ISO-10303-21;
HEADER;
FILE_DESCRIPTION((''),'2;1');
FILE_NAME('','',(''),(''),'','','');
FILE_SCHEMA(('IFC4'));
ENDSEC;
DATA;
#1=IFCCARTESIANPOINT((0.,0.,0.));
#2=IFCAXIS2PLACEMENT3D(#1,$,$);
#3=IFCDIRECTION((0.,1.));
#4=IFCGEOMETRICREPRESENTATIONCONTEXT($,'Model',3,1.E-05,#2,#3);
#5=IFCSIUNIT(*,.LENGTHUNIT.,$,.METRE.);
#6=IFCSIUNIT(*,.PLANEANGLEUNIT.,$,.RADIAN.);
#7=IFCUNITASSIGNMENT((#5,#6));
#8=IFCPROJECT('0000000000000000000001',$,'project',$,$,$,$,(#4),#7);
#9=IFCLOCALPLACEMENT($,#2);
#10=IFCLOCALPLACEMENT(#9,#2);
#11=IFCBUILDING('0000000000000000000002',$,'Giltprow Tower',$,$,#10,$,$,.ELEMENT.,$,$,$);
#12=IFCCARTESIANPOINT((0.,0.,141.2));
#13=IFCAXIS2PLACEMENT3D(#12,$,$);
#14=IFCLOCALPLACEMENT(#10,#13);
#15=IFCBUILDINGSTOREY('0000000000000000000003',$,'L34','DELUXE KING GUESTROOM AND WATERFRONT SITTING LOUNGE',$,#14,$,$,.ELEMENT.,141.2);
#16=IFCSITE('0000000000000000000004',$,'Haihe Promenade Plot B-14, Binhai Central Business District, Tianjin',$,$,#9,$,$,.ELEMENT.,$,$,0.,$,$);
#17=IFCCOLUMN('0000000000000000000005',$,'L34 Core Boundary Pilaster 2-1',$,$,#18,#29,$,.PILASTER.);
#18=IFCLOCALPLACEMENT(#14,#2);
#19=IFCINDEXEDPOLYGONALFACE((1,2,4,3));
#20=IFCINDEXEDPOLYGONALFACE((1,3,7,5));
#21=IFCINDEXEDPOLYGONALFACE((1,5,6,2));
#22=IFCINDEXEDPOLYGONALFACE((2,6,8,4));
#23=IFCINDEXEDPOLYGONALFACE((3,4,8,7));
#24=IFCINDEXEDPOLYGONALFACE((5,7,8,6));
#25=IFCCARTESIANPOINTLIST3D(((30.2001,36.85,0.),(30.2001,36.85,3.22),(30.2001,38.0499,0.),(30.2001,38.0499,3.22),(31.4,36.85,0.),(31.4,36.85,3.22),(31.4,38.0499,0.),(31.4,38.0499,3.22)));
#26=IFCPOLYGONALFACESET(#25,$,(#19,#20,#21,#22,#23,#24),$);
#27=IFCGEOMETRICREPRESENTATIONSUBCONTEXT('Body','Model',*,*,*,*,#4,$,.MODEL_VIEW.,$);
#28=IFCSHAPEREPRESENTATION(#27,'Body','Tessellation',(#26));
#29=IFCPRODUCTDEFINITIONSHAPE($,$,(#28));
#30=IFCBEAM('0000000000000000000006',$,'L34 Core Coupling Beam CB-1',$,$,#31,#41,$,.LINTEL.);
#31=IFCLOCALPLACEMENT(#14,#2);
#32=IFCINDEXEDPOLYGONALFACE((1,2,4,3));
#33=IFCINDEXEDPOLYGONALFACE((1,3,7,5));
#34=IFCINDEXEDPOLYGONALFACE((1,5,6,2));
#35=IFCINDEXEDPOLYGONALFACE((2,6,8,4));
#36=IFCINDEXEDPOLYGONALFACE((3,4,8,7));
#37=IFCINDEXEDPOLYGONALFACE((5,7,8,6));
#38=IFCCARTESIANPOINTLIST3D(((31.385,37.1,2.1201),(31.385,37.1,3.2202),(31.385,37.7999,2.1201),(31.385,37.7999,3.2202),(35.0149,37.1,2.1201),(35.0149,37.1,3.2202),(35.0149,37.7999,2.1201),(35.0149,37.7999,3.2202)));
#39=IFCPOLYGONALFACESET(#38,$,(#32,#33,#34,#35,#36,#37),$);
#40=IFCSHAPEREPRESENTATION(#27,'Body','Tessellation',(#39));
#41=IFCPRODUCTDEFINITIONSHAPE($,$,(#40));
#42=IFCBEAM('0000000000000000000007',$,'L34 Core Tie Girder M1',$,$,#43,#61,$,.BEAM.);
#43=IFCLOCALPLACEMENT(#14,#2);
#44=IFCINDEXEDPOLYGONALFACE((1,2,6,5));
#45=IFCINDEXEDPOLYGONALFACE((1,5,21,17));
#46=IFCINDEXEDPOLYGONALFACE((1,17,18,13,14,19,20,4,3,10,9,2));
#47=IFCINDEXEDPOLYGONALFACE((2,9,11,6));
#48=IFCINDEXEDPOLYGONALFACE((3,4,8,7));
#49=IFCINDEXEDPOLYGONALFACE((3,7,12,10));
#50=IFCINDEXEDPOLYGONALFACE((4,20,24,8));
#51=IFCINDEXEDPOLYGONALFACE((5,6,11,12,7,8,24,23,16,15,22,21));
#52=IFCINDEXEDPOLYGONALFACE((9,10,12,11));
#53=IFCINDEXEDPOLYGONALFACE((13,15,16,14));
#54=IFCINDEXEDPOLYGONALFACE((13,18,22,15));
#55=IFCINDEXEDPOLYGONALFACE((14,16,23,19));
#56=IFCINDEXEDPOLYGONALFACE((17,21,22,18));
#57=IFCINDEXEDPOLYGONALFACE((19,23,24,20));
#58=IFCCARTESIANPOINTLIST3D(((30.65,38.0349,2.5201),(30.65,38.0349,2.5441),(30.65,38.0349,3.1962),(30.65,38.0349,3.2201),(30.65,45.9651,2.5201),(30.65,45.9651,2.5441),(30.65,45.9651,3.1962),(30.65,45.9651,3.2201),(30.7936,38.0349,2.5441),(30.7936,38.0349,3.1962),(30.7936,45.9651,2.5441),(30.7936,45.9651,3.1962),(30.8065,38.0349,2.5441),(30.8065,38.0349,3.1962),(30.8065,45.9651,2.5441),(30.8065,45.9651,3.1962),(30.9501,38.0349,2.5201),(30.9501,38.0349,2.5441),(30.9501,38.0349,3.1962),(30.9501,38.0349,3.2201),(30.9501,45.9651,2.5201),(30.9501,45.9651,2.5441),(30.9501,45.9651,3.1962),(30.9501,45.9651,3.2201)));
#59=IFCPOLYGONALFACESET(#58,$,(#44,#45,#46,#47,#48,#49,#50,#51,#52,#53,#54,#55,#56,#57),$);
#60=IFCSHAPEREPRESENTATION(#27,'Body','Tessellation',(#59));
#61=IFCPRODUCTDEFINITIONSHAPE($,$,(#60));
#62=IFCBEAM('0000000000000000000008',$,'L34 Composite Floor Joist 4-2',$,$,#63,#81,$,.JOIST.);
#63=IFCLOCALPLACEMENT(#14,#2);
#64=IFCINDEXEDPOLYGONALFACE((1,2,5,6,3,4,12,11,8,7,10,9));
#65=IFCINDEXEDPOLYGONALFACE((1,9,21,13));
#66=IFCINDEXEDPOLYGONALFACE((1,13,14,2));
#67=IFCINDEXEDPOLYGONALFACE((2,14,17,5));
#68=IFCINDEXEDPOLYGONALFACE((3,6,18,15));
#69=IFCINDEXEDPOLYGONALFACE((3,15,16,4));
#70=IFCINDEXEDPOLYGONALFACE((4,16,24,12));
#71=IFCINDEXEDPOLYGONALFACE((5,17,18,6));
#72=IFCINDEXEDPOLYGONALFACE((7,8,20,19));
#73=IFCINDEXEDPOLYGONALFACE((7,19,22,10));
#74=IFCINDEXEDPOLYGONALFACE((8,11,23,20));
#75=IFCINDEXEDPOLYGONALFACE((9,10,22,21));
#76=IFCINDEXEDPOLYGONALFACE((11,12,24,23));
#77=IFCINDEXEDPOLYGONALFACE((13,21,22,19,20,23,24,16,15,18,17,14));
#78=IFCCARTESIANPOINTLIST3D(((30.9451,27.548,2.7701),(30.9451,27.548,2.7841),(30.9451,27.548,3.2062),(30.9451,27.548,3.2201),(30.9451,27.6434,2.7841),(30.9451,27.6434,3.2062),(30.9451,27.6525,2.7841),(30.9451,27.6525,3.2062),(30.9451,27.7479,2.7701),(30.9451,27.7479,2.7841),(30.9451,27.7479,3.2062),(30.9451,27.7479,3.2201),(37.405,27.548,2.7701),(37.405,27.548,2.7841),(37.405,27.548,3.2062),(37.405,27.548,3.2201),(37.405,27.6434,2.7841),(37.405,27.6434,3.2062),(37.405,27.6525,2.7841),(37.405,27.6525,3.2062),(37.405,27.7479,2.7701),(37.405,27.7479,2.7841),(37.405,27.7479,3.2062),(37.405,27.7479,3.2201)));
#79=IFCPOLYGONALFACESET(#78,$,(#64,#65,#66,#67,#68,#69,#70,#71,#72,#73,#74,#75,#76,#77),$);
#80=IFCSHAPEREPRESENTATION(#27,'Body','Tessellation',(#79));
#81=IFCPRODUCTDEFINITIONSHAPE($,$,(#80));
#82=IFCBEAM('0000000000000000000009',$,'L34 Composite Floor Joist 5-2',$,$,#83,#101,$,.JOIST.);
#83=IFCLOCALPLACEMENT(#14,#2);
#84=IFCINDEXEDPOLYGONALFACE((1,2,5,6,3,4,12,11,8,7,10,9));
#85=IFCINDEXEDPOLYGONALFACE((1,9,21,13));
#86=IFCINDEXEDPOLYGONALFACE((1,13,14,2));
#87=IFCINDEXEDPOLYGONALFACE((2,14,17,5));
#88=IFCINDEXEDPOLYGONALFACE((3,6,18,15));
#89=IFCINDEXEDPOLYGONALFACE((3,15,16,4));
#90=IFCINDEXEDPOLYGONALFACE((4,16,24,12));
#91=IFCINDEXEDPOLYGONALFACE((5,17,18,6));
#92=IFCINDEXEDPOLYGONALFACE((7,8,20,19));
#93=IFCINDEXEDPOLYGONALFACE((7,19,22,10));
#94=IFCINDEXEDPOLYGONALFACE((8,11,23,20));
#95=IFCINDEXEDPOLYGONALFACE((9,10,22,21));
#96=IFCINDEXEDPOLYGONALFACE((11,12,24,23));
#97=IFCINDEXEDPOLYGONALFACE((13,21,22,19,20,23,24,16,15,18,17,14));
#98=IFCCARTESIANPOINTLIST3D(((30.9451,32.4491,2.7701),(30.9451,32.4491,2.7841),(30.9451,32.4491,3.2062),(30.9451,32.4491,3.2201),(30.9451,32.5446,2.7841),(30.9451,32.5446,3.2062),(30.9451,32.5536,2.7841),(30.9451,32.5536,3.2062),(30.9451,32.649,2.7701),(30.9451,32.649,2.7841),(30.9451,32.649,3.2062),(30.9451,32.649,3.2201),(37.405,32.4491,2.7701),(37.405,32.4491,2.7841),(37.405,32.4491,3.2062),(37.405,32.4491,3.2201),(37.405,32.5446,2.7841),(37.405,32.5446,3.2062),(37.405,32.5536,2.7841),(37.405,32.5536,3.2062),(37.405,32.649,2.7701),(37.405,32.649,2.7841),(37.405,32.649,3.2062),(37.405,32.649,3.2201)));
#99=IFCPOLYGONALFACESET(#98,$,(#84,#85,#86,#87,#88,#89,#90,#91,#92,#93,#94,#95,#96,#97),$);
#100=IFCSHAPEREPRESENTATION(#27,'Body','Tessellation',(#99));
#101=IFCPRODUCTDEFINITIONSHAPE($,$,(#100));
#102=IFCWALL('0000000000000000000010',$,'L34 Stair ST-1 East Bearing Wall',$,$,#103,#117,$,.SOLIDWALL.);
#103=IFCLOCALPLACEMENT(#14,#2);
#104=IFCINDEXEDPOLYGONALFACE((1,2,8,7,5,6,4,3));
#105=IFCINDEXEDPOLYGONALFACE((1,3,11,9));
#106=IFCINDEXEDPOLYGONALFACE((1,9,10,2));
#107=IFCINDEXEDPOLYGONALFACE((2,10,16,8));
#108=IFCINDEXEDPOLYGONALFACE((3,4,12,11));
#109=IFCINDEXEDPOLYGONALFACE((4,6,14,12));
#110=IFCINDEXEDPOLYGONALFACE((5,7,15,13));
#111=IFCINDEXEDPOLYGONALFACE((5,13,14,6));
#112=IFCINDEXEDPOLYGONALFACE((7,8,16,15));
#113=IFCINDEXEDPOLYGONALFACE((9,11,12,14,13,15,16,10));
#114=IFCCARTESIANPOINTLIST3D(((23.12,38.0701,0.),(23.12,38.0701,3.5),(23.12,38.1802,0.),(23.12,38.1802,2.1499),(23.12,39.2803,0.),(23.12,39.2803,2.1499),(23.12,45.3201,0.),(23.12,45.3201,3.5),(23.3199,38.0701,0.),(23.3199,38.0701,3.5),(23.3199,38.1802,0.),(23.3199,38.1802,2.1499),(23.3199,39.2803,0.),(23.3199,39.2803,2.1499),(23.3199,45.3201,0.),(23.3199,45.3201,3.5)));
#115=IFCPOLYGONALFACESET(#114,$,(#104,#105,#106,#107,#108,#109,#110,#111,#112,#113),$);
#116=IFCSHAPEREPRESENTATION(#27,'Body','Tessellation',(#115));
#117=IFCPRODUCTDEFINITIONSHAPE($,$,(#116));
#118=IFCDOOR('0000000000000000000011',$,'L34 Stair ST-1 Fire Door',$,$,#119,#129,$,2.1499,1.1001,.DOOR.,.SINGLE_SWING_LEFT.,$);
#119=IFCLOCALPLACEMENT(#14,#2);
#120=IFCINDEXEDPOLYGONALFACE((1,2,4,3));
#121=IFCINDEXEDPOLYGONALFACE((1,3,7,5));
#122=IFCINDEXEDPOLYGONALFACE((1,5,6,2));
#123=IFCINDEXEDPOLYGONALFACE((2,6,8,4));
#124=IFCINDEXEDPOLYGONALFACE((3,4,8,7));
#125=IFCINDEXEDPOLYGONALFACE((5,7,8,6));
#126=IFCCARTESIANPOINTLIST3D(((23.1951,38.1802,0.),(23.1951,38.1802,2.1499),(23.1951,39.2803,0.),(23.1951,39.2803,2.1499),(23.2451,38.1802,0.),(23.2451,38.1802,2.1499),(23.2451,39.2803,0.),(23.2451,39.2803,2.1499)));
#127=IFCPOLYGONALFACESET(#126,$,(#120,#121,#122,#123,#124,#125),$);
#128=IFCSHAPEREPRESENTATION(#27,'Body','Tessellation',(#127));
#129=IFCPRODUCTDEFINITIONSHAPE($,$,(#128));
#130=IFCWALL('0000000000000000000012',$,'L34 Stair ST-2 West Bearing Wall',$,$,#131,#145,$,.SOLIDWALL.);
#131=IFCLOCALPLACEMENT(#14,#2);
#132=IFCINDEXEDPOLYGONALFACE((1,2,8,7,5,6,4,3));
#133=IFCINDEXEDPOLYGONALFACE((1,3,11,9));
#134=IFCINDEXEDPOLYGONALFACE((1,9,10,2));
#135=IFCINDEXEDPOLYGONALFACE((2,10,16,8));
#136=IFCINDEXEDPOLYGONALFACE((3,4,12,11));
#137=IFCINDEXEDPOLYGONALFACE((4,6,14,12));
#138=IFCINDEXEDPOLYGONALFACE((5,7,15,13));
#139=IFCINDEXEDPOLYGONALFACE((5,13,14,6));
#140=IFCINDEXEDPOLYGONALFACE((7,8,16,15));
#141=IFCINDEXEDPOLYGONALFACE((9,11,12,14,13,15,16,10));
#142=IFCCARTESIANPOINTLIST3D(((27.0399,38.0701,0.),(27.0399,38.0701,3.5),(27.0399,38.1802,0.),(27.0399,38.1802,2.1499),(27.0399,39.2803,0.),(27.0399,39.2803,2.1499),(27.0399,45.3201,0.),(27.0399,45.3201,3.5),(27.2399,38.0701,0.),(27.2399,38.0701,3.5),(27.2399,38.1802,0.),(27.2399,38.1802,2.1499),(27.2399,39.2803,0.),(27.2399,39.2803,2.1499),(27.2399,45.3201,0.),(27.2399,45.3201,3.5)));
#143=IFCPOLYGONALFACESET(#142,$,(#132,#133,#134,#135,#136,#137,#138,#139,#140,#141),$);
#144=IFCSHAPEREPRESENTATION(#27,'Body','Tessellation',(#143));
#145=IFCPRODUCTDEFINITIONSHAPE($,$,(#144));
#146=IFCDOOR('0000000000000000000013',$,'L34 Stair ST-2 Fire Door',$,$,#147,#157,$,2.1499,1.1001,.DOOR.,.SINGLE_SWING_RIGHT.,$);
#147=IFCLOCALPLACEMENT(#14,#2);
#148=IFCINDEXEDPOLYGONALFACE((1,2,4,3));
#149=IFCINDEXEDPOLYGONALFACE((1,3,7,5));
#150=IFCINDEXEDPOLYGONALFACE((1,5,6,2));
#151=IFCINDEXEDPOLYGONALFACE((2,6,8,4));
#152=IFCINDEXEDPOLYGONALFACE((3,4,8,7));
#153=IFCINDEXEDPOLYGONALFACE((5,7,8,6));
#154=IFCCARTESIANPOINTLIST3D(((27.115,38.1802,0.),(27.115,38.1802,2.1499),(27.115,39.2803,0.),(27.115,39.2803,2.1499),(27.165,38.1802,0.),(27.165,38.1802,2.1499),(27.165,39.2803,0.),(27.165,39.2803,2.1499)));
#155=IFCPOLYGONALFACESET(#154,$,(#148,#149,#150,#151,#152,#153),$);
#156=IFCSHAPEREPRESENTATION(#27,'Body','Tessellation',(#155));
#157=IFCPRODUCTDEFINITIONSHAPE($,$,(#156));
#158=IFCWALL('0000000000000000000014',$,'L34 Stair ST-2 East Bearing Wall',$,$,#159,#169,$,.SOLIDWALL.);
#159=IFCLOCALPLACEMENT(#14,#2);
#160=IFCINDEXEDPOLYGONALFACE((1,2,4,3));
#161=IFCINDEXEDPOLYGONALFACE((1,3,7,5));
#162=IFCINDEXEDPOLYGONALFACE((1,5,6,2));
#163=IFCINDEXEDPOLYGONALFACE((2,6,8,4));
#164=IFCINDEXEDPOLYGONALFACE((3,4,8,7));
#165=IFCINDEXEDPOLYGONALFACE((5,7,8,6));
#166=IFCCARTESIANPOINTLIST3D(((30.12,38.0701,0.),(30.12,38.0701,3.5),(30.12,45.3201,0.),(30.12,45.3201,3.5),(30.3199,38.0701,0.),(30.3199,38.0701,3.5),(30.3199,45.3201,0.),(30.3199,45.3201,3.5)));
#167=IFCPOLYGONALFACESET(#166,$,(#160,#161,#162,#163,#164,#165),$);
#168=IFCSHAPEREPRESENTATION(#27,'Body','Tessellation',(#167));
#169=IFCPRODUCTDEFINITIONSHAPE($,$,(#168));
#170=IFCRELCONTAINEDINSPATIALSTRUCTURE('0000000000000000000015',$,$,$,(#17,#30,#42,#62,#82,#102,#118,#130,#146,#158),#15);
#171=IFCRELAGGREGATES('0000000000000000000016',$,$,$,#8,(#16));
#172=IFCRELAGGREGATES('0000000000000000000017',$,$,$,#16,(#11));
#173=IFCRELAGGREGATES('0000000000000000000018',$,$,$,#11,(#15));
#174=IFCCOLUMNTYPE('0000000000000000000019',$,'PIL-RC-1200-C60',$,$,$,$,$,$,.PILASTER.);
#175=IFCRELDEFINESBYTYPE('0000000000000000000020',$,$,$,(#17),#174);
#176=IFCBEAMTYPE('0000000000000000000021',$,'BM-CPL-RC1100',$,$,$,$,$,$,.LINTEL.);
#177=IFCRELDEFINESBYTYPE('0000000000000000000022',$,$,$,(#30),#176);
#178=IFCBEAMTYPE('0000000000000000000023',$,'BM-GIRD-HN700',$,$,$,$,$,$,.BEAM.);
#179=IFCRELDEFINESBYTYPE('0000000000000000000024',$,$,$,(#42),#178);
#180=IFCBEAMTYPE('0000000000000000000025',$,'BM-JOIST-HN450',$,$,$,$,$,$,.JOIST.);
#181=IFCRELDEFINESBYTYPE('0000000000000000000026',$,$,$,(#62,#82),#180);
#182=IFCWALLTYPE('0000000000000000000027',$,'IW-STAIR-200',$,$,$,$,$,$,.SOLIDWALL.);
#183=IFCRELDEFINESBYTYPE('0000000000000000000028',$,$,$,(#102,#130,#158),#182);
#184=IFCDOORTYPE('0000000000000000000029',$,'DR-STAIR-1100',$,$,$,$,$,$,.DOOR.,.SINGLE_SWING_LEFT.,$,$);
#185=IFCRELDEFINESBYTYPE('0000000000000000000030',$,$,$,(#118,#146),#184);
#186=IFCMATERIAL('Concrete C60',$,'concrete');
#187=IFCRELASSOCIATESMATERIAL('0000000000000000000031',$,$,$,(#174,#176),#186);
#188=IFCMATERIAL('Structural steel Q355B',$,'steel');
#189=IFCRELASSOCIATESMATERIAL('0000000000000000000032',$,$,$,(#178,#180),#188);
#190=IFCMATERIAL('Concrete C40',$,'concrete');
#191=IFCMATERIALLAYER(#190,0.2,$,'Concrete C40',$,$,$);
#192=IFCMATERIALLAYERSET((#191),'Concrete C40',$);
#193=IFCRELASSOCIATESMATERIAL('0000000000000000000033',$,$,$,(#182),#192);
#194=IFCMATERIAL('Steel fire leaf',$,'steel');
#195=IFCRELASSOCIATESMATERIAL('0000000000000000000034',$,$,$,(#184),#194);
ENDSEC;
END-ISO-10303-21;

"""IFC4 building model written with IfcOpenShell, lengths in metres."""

from ifc_helpers import new_model, si_unit, direction, frame, frame_2d, origin, origin_2d, place, context, subcontext, project, spatial, rectangle, i_section, extrude, source, transform, mapped, material, layer, layer_set, material_profile, profile_set, type_object, element, fill, save


model = new_model("IFC4")

# Units and contexts
model_context = context("Model", 3, precision=1e-05, world=origin(), true_north=direction((0.0, 1.0)))
body_context = subcontext(model_context, "Body", "Model", "MODEL_VIEW")
ifc_project = project(units=[si_unit("LENGTHUNIT", "METRE"), si_unit("PLANEANGLEUNIT", "RADIAN")], contexts=[model_context])

# Site, building, storey
site_placement = place(None, origin())
site = spatial("IfcSite", under=ifc_project, at=site_placement, Name="Haihe Promenade Plot B-14, Binhai Central Business District, Tianjin", CompositionType="ELEMENT", RefElevation=0.0)
building_placement = place(site_placement, origin())
building = spatial("IfcBuilding", under=site, at=building_placement, Name="Giltprow Tower", CompositionType="ELEMENT")
storey_placement = place(building_placement, frame((0.0, 0.0, 141.2)))
storey = spatial("IfcBuildingStorey", under=building, at=storey_placement, Name="L34", Description="DELUXE KING GUESTROOM AND WATERFRONT SITTING LOUNGE", CompositionType="ELEMENT", Elevation=141.2)

# Column
ifc_material_1 = material(Name="Concrete C60", Category="concrete")
ifc_material_profile_1 = material_profile(ifc_material_1, rectangle(XDim=1.2, YDim=1.2, at=origin_2d()), Name="RC 1200x1200")
ifc_profile_set_1 = profile_set([ifc_material_profile_1], Name="Concrete C60")
column_type = type_object("IfcColumnType", Name="PIL-RC-1200-C60", PredefinedType="PILASTER", material=ifc_profile_set_1)
shared_shape_1 = source(origin(), body_context, "Body", "SweptSolid", [
    extrude(rectangle(XDim=1.2, YDim=1.2, at=origin_2d()), origin(), (0.0, 0.0, 1.0), 3.22),
])
column_placement = place(storey_placement, frame((30.8, 37.45, 0.0), z_axis=(0.0, 0.0, 1.0), x_axis=(1.0, 0.0, 0.0)))
element("IfcColumn", 1, at=column_placement, inside=storey, type_object=column_type, Name="L34 Core Boundary Pilaster 2-1", PredefinedType="PILASTER", context=body_context, shape_type="MappedRepresentation", body=[
    mapped(shared_shape_1, transform((0.0, 0.0, 0.0), x_axis=(1.0, 0.0, 0.0), y_axis=(0.0, 1.0, 0.0), z_axis=(0.0, 0.0, 1.0), scale=1.0)),
])

# Beams
ifc_material_profile_2 = material_profile(ifc_material_1, rectangle(XDim=0.7, YDim=1.1001, at=origin_2d()), Name="RC 1100x700")
ifc_profile_set_2 = profile_set([ifc_material_profile_2], Name="Concrete C60")
beam_type_1 = type_object("IfcBeamType", Name="BM-CPL-RC1100", PredefinedType="LINTEL", material=ifc_profile_set_2)
shared_shape_2 = source(origin(), body_context, "Body", "SweptSolid", [
    extrude(rectangle(XDim=0.7, YDim=1.1001, at=origin_2d()), origin(), (0.0, 0.0, 1.0), 3.6299),
])
beam_1_placement = place(storey_placement, frame((31.385, 37.45, 2.6702), z_axis=(1.0, 0.0, 0.0), x_axis=(0.0, 1.0, 0.0)))
element("IfcBeam", 2, at=beam_1_placement, inside=storey, type_object=beam_type_1, Name="L34 Core Coupling Beam CB-1", PredefinedType="LINTEL", context=body_context, shape_type="MappedRepresentation", body=[
    mapped(shared_shape_2, transform((0.0, 0.0, 0.0), x_axis=(1.0, 0.0, 0.0), y_axis=(0.0, 1.0, 0.0), z_axis=(0.0, 0.0, 1.0), scale=1.0)),
])
ifc_material_2 = material(Name="Structural steel Q355B", Category="steel")
ifc_material_profile_3 = material_profile(ifc_material_2, i_section(OverallWidth=0.3, OverallDepth=0.7, WebThickness=0.0129, FlangeThickness=0.0239, at=origin_2d()), Name="HN 700x300x13x24")
ifc_profile_set_3 = profile_set([ifc_material_profile_3], Name="Structural steel Q355B")
beam_type_2 = type_object("IfcBeamType", Name="BM-GIRD-HN700", PredefinedType="BEAM", material=ifc_profile_set_3)
shared_shape_3 = source(origin(), body_context, "Body", "SweptSolid", [
    extrude(i_section(OverallWidth=0.3, OverallDepth=0.7, WebThickness=0.0129, FlangeThickness=0.0239, at=origin_2d()), origin(), (0.0, 0.0, 1.0), 7.9302),
])
beam_2_placement = place(storey_placement, frame((30.8, 38.0349, 2.8701), z_axis=(0.0, 1.0, 0.0), x_axis=(-1.0, 0.0, 0.0)))
element("IfcBeam", 3, at=beam_2_placement, inside=storey, type_object=beam_type_2, Name="L34 Core Tie Girder M1", PredefinedType="BEAM", context=body_context, shape_type="MappedRepresentation", body=[
    mapped(shared_shape_3, transform((0.0, 0.0, 0.0), x_axis=(1.0, 0.0, 0.0), y_axis=(0.0, 1.0, 0.0), z_axis=(0.0, 0.0, 1.0), scale=1.0)),
])
ifc_material_profile_4 = material_profile(ifc_material_2, i_section(OverallWidth=0.2, OverallDepth=0.45, WebThickness=0.009, FlangeThickness=0.0139, at=origin_2d()), Name="HN 450x200x9x14")
ifc_profile_set_4 = profile_set([ifc_material_profile_4], Name="Structural steel Q355B")
beam_type_3 = type_object("IfcBeamType", Name="BM-JOIST-HN450", PredefinedType="JOIST", material=ifc_profile_set_4)
shared_shape_4 = source(origin(), body_context, "Body", "SweptSolid", [
    extrude(i_section(OverallWidth=0.2, OverallDepth=0.45, WebThickness=0.009, FlangeThickness=0.0139, at=origin_2d()), origin(), (0.0, 0.0, 1.0), 6.46),
])
for number, where, z_axis, x_axis, name in (
    (4, (30.9451, 27.6479, 2.9951), (1.0, 0.0, 0.0), (0.0, 1.0, 0.0), "L34 Composite Floor Joist 4-2"),
    (5, (30.9451, 32.5491, 2.9951), (1.0, 0.0, 0.0), (0.0, 1.0, 0.0), "L34 Composite Floor Joist 5-2"),
):
    element("IfcBeam", number, at=place(storey_placement, frame(where, z_axis=z_axis, x_axis=x_axis)), inside=storey, type_object=beam_type_3, Name=name, PredefinedType="JOIST", context=body_context, shape_type="MappedRepresentation", body=[
        mapped(shared_shape_4, transform((0.0, 0.0, 0.0), x_axis=(1.0, 0.0, 0.0), y_axis=(0.0, 1.0, 0.0), z_axis=(0.0, 0.0, 1.0), scale=1.0)),
    ])

# Walls, openings, doors
ifc_material_3 = material(Name="Concrete C40", Category="concrete")
ifc_layer_1 = layer(ifc_material_3, 0.2, Name="Concrete C40")
ifc_layer_set_1 = layer_set([ifc_layer_1], Name="Concrete C40")
wall_type_1 = type_object("IfcWallType", Name="IW-STAIR-200", PredefinedType="SOLIDWALL", material=ifc_layer_set_1)
wall_1_placement = place(storey_placement, frame((23.22, 38.0701, 0.0), z_axis=(0.0, 0.0, 1.0), x_axis=(0.0, 1.0, 0.0)))
wall_1 = element("IfcWall", 6, at=wall_1_placement, inside=storey, type_object=wall_type_1, Name="L34 Stair ST-1 East Bearing Wall", PredefinedType="SOLIDWALL", context=body_context, shape_type="SweptSolid", body=[
    extrude(rectangle(XDim=7.25, YDim=0.2, at=frame_2d((3.625, 0.0))), origin(), (0.0, 0.0, 1.0), 3.5),
])
opening_1_placement = place(wall_1_placement, frame((0.1101, 0.0, 0.0)))
opening_1 = element("IfcOpeningElement", 7, at=opening_1_placement, cuts=wall_1, PredefinedType="OPENING", context=body_context, shape_type="SweptSolid", body=[
    extrude(rectangle(XDim=1.1001, YDim=2.1499, at=frame_2d((0.55, 1.075))), frame((0.0, 0.1099, 0.0), z_axis=(0.0, -1.0, 0.0), x_axis=(1.0, 0.0, 0.0)), (0.0, 0.0, 1.0), 0.22),
])
ifc_material_4 = material(Name="Steel fire leaf", Category="steel")
door_type_1 = type_object("IfcDoorType", Name="DR-STAIR-1100", OperationType="SINGLE_SWING_LEFT", PredefinedType="DOOR", material=ifc_material_4)
shared_shape_5 = source(origin(), body_context, "Body", "SweptSolid", [
    extrude(rectangle(XDim=1.1001, YDim=2.1499, at=frame_2d((0.55, 1.075))), frame((0.0, 0.0249, 0.0), z_axis=(0.0, -1.0, 0.0), x_axis=(1.0, 0.0, 0.0)), (0.0, 0.0, 1.0), 0.05),
])
door_1_placement = place(opening_1_placement, origin())
door_1 = element("IfcDoor", 8, at=door_1_placement, inside=storey, type_object=door_type_1, Name="L34 Stair ST-1 Fire Door", OperationType="SINGLE_SWING_LEFT", OverallHeight=2.1499, OverallWidth=1.1001, PredefinedType="DOOR", context=body_context, shape_type="MappedRepresentation", body=[
    mapped(shared_shape_5, transform((0.0, 0.0, 0.0), x_axis=(1.0, 0.0, 0.0), y_axis=(0.0, 1.0, 0.0), z_axis=(0.0, 0.0, 1.0), scale=1.0)),
])
fill(opening_1, door_1)
wall_2_placement = place(storey_placement, frame((27.1399, 38.0701, 0.0), z_axis=(0.0, 0.0, 1.0), x_axis=(0.0, 1.0, 0.0)))
wall_2 = element("IfcWall", 9, at=wall_2_placement, inside=storey, type_object=wall_type_1, Name="L34 Stair ST-2 West Bearing Wall", PredefinedType="SOLIDWALL", context=body_context, shape_type="SweptSolid", body=[
    extrude(rectangle(XDim=7.25, YDim=0.2, at=frame_2d((3.625, 0.0))), origin(), (0.0, 0.0, 1.0), 3.5),
])
opening_2_placement = place(wall_2_placement, frame((0.1101, 0.0, 0.0)))
opening_2 = element("IfcOpeningElement", 10, at=opening_2_placement, cuts=wall_2, PredefinedType="OPENING", context=body_context, shape_type="SweptSolid", body=[
    extrude(rectangle(XDim=1.1001, YDim=2.1499, at=frame_2d((0.55, 1.075))), frame((0.0, 0.1099, 0.0), z_axis=(0.0, -1.0, 0.0), x_axis=(1.0, 0.0, 0.0)), (0.0, 0.0, 1.0), 0.22),
])
door_2_placement = place(opening_2_placement, origin())
door_2 = element("IfcDoor", 11, at=door_2_placement, inside=storey, type_object=door_type_1, Name="L34 Stair ST-2 Fire Door", OperationType="SINGLE_SWING_RIGHT", OverallHeight=2.1499, OverallWidth=1.1001, PredefinedType="DOOR", context=body_context, shape_type="MappedRepresentation", body=[
    mapped(shared_shape_5, transform((0.0, 0.0, 0.0), x_axis=(1.0, 0.0, 0.0), y_axis=(0.0, 1.0, 0.0), z_axis=(0.0, 0.0, 1.0), scale=1.0)),
])
fill(opening_2, door_2)

# Wall
wall_3_placement = place(storey_placement, frame((30.22, 38.0701, 0.0), z_axis=(0.0, 0.0, 1.0), x_axis=(0.0, 1.0, 0.0)))
element("IfcWall", 12, at=wall_3_placement, inside=storey, type_object=wall_type_1, Name="L34 Stair ST-2 East Bearing Wall", PredefinedType="SOLIDWALL", context=body_context, shape_type="SweptSolid", body=[
    extrude(rectangle(XDim=7.25, YDim=0.2, at=frame_2d((3.625, 0.0))), origin(), (0.0, 0.0, 1.0), 3.5),
])

save(model, "model.ifc")
